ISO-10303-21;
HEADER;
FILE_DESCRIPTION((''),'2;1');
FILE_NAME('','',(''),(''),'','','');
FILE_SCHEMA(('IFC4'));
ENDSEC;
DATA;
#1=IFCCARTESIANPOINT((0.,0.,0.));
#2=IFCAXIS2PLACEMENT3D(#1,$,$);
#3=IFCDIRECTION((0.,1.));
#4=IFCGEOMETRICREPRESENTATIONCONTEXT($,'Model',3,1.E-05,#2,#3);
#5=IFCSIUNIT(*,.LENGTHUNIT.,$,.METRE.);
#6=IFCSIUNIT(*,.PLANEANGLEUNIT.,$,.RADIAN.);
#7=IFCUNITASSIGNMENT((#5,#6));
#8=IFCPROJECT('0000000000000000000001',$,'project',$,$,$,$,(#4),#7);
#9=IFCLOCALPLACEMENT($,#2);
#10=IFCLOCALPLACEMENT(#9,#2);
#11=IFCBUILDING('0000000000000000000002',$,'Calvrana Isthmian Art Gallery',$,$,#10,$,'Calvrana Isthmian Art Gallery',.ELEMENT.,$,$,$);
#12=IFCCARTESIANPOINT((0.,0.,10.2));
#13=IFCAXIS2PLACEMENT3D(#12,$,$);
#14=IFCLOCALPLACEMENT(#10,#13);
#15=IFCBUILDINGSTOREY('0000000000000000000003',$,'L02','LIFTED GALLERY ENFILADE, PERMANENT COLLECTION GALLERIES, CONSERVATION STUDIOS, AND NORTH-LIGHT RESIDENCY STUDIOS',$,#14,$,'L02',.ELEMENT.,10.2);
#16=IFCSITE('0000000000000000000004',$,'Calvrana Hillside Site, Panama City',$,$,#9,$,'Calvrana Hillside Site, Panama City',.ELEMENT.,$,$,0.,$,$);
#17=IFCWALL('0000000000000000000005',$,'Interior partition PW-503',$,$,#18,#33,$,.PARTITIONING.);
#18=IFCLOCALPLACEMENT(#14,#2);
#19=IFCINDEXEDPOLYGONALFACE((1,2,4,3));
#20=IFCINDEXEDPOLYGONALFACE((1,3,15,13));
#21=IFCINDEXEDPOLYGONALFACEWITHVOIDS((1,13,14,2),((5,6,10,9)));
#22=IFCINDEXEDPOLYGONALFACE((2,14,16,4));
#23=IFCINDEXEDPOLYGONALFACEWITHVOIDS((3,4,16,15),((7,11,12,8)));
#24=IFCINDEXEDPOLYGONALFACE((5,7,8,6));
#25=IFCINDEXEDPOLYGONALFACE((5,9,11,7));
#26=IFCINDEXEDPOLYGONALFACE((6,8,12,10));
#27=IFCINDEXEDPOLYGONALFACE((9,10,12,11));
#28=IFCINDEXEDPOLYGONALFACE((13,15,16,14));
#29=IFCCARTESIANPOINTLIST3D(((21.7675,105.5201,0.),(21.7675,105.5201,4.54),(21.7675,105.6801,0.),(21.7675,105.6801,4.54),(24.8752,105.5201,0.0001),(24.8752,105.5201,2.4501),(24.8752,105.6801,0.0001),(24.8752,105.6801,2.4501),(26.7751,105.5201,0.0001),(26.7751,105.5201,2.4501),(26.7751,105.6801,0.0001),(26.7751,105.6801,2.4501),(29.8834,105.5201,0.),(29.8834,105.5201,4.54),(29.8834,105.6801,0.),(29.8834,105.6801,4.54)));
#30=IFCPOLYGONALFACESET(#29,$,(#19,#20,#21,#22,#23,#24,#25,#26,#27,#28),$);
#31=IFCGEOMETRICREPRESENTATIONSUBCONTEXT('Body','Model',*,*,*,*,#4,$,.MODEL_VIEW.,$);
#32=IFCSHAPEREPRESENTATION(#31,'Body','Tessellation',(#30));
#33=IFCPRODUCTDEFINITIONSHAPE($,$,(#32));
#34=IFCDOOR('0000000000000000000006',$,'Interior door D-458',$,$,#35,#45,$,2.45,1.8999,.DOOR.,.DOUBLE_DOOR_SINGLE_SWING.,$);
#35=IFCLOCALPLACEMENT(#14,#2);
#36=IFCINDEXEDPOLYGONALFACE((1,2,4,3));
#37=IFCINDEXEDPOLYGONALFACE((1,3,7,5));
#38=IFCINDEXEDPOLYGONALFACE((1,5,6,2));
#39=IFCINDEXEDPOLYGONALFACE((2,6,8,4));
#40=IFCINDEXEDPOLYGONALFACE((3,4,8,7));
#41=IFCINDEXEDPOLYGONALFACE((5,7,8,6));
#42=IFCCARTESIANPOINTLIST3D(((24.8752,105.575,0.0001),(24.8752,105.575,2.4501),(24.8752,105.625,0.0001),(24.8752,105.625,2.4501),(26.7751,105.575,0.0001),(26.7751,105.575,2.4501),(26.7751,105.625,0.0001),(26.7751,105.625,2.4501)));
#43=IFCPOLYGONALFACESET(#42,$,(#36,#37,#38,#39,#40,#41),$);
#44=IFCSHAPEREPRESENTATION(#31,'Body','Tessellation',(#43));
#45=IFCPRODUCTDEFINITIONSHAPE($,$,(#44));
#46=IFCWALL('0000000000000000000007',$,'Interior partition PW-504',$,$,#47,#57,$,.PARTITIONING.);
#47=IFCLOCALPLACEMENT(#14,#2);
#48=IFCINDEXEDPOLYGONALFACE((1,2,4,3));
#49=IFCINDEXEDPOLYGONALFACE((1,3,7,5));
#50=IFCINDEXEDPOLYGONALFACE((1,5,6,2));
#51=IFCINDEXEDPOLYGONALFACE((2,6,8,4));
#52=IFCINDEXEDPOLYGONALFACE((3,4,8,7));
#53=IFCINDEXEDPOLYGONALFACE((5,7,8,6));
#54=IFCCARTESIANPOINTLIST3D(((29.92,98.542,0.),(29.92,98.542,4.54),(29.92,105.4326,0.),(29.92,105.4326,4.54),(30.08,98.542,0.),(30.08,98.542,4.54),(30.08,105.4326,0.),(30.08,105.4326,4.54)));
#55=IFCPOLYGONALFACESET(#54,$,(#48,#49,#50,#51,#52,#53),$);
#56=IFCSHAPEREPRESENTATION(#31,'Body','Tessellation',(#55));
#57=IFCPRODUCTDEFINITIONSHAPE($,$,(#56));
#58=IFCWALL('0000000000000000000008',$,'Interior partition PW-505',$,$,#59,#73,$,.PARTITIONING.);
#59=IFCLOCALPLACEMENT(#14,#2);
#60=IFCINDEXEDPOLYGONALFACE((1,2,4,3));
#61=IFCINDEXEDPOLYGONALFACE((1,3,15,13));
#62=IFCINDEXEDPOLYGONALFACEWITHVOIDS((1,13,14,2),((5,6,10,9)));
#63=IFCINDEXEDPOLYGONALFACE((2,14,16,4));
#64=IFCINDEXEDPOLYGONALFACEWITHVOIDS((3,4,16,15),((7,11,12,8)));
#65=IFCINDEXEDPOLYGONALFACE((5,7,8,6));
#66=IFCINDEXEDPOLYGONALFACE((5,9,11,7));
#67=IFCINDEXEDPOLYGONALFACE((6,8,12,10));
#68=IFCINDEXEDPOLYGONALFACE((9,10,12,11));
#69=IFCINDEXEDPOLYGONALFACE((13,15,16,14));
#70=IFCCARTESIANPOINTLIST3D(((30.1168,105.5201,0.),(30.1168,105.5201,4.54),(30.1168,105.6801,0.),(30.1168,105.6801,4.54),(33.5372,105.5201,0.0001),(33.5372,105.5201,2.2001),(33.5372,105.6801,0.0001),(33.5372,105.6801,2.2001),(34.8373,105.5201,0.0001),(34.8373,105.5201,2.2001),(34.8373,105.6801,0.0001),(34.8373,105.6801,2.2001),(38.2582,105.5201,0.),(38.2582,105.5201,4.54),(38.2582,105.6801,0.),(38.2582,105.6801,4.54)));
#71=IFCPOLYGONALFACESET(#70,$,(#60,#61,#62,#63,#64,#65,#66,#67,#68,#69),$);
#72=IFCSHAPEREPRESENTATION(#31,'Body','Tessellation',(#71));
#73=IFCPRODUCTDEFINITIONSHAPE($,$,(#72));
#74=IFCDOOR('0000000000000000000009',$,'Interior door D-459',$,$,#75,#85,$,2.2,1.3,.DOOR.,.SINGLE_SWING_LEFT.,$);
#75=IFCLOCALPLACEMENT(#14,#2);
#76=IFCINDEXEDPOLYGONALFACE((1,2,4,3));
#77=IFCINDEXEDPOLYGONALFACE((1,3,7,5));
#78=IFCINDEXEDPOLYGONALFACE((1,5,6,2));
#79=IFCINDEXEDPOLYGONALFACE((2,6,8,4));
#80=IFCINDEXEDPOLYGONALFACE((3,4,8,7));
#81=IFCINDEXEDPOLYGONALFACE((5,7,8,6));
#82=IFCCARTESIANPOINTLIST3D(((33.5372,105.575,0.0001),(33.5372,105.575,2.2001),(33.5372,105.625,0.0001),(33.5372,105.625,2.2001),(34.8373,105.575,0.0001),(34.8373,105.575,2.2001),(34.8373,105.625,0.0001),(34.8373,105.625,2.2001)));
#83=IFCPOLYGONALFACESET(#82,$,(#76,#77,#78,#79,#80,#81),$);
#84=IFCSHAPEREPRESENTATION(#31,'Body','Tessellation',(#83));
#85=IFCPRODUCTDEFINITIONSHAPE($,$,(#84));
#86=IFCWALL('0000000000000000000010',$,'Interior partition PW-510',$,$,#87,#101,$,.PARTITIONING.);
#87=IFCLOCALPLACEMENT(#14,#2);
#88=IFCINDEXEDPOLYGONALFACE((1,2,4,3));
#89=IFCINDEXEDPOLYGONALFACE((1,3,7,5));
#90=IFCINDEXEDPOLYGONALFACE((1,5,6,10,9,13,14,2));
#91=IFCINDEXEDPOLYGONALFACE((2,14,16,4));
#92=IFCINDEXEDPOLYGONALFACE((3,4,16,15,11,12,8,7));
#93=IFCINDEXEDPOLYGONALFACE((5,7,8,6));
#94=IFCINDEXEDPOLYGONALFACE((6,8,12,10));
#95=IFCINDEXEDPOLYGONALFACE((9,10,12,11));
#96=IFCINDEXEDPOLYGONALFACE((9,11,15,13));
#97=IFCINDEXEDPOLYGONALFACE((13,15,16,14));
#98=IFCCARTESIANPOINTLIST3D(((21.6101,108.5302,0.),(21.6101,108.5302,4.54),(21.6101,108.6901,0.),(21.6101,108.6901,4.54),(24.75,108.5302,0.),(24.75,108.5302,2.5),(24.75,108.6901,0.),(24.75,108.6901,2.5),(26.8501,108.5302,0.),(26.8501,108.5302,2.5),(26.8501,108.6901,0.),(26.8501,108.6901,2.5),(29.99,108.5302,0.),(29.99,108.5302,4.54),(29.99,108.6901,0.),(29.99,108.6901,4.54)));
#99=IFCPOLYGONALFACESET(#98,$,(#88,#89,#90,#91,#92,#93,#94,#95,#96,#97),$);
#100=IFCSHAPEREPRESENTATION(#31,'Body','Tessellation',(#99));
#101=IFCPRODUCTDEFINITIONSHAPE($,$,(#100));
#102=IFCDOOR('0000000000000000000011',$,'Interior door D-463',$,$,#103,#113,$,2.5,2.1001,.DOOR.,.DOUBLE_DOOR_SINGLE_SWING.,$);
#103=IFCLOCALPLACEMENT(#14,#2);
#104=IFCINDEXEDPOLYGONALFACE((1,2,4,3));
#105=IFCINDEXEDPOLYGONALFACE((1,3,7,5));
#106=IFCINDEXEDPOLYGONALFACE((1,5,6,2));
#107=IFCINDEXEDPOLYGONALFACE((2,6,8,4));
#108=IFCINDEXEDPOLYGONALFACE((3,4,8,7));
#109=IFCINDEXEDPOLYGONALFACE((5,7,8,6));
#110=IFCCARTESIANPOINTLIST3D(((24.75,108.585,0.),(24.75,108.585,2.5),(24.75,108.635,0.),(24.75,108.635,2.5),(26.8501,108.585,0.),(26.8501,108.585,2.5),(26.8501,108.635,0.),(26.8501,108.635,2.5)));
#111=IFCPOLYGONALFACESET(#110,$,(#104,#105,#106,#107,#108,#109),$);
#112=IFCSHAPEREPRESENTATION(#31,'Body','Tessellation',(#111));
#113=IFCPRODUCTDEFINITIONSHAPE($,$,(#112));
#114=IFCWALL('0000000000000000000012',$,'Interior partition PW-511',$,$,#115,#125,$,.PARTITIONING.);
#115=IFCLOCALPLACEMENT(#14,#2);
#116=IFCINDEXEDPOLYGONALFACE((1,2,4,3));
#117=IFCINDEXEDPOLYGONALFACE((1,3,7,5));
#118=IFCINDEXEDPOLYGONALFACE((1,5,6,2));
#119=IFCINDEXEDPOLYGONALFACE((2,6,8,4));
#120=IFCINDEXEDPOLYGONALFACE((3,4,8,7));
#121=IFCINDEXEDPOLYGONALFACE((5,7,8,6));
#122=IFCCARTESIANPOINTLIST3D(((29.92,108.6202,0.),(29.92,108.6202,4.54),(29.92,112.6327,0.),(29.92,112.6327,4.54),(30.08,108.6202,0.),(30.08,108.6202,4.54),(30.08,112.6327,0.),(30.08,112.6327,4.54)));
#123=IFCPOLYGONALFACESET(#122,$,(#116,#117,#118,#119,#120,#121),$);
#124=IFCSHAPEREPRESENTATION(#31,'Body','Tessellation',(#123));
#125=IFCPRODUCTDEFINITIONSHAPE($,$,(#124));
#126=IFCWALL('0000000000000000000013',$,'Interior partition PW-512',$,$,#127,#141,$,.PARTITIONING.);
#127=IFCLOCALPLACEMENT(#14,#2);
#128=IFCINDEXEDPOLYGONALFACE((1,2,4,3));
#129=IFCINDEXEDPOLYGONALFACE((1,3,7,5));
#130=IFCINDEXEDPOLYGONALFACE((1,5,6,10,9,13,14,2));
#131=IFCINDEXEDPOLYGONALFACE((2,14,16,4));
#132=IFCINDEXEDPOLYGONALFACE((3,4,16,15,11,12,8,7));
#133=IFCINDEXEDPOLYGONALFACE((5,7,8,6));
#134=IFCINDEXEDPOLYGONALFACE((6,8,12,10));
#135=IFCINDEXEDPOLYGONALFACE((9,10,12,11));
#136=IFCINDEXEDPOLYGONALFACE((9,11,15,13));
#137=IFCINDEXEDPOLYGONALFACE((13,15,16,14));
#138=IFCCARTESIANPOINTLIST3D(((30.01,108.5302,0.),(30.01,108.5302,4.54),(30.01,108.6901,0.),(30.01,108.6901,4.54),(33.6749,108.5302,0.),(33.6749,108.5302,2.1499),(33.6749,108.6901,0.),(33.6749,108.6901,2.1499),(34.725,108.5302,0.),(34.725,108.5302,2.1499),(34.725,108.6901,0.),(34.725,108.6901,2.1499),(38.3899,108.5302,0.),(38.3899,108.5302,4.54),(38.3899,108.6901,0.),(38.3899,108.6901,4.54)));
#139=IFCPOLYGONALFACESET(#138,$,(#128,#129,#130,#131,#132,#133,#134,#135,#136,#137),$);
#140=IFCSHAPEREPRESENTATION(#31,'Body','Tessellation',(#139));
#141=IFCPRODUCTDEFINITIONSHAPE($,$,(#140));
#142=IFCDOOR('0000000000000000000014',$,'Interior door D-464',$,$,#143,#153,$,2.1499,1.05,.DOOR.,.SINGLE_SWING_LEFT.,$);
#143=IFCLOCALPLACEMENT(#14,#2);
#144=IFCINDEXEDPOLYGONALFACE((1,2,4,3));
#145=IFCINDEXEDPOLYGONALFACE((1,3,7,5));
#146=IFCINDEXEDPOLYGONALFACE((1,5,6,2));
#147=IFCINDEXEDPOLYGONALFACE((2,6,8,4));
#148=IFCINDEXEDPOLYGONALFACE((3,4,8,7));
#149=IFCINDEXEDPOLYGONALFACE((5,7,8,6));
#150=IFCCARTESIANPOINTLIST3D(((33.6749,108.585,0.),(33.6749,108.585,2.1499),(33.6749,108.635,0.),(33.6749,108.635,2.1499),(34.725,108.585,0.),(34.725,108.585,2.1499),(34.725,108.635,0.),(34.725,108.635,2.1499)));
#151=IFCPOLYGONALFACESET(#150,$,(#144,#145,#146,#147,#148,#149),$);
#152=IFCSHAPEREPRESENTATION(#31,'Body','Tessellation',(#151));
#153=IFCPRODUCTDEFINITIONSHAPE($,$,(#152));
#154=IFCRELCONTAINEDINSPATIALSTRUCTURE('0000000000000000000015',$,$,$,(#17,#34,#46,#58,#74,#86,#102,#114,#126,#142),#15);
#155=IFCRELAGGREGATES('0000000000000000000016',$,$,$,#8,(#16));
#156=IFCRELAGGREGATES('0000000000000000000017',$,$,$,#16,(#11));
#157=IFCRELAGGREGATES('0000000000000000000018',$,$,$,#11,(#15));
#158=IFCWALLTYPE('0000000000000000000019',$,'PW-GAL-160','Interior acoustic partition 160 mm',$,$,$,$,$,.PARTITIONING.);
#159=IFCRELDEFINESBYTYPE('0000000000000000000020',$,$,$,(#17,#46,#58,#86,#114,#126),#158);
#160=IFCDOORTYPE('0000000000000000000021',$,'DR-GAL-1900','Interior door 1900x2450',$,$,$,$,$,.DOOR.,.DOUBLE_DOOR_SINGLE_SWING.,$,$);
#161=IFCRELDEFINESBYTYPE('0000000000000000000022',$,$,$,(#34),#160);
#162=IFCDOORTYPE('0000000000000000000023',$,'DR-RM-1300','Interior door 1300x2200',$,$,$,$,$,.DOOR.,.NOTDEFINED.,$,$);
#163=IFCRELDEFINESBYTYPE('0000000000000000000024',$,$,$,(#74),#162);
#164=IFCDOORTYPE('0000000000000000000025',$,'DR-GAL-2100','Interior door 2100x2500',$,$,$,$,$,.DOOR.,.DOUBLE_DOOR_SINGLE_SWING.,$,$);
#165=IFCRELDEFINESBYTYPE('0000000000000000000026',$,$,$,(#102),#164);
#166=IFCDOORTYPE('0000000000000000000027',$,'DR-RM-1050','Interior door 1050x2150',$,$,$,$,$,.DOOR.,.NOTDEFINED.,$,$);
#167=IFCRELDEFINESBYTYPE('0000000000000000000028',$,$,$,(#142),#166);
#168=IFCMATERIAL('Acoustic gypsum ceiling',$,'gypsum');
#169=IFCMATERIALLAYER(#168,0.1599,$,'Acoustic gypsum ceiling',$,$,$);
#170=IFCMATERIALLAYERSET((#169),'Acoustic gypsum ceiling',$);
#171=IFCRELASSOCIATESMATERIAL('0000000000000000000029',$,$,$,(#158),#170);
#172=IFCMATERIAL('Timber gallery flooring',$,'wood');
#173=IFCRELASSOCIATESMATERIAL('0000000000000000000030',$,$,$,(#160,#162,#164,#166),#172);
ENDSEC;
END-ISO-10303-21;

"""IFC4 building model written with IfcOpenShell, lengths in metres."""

from ifc_helpers import new_model, si_unit, direction, frame, frame_2d, origin, place, context, subcontext, project, spatial, rectangle, extrude, material, layer, layer_set, type_object, element, fill, save


model = new_model("IFC4")

# Units and contexts
model_context = context("Model", 3, precision=1e-05, world=origin(), true_north=direction((0.0, 1.0)))
body_context = subcontext(model_context, "Body", "Model", "MODEL_VIEW")
ifc_project = project(units=[si_unit("LENGTHUNIT", "METRE"), si_unit("PLANEANGLEUNIT", "RADIAN")], contexts=[model_context])

# Site, building, storey
site_placement = place(None, origin())
site = spatial("IfcSite", under=ifc_project, at=site_placement, Name="Calvrana Hillside Site, Panama City", LongName="Calvrana Hillside Site, Panama City", CompositionType="ELEMENT", RefElevation=0.0)
building_placement = place(site_placement, origin())
building = spatial("IfcBuilding", under=site, at=building_placement, Name="Calvrana Isthmian Art Gallery", LongName="Calvrana Isthmian Art Gallery", CompositionType="ELEMENT")
storey_placement = place(building_placement, frame((0.0, 0.0, 10.2)))
storey = spatial("IfcBuildingStorey", under=building, at=storey_placement, Name="L02", Description="LIFTED GALLERY ENFILADE, PERMANENT COLLECTION GALLERIES, CONSERVATION STUDIOS, AND NORTH-LIGHT RESIDENCY STUDIOS", LongName="L02", CompositionType="ELEMENT", Elevation=10.2)

# Wall, opening, door
ifc_material_1 = material(Name="Acoustic gypsum ceiling", Category="gypsum")
ifc_layer_1 = layer(ifc_material_1, 0.1599, Name="Acoustic gypsum ceiling")
ifc_layer_set_1 = layer_set([ifc_layer_1], Name="Acoustic gypsum ceiling")
wall_type = type_object("IfcWallType", Name="PW-GAL-160", Description="Interior acoustic partition 160 mm", PredefinedType="PARTITIONING", material=ifc_layer_set_1)
wall_1_placement = place(storey_placement, frame((21.7673, 105.6001, 0.0), z_axis=(0.0, 0.0, 1.0), x_axis=(1.0, 0.0, 0.0)))
wall_1 = element("IfcWall", 1, at=wall_1_placement, inside=storey, type_object=wall_type, Name="Interior partition PW-503", PredefinedType="PARTITIONING", context=body_context, shape_type="SweptSolid", body=[
    extrude(rectangle(XDim=8.116, YDim=0.1599, at=frame_2d((4.0581, 0.0))), origin(), (0.0, 0.0, 1.0), 4.54),
])
opening_1_placement = place(wall_1_placement, frame((3.1079, 0.0, 0.0)))
opening_1 = element("IfcOpeningElement", 2, at=opening_1_placement, cuts=wall_1, PredefinedType="OPENING", context=body_context, shape_type="SweptSolid", body=[
    extrude(rectangle(XDim=1.8999, YDim=2.45, at=frame_2d((0.95, 1.2251))), frame((0.0, 0.0903, 0.0), z_axis=(0.0, -1.0, 0.0), x_axis=(1.0, 0.0, 0.0)), (0.0, 0.0, 1.0), 0.1804),
])
ifc_material_2 = material(Name="Timber gallery flooring", Category="wood")
door_type_1 = type_object("IfcDoorType", Name="DR-GAL-1900", Description="Interior door 1900x2450", OperationType="DOUBLE_DOOR_SINGLE_SWING", PredefinedType="DOOR", material=ifc_material_2)
door_1_placement = place(opening_1_placement, origin())
door_1 = element("IfcDoor", 3, at=door_1_placement, inside=storey, type_object=door_type_1, Name="Interior door D-458", OperationType="DOUBLE_DOOR_SINGLE_SWING", OverallHeight=2.45, OverallWidth=1.8999, PredefinedType="DOOR", context=body_context, shape_type="SweptSolid", body=[
    extrude(rectangle(XDim=1.8999, YDim=2.45, at=frame_2d((0.95, 1.2251))), frame((0.0, 0.0249, 0.0), z_axis=(0.0, -1.0, 0.0), x_axis=(1.0, 0.0, 0.0)), (0.0, 0.0, 1.0), 0.05),
])
fill(opening_1, door_1)

# Wall
wall_2_placement = place(storey_placement, frame((30.0, 98.542, 0.0), z_axis=(0.0, 0.0, 1.0), x_axis=(0.0, 1.0, 0.0)))
element("IfcWall", 4, at=wall_2_placement, inside=storey, type_object=wall_type, Name="Interior partition PW-504", PredefinedType="PARTITIONING", context=body_context, shape_type="SweptSolid", body=[
    extrude(rectangle(XDim=6.8906, YDim=0.1599, at=frame_2d((3.4453, 0.0))), origin(), (0.0, 0.0, 1.0), 4.54),
])

# Walls, openings, doors
wall_3_placement = place(storey_placement, frame((30.1167, 105.6001, 0.0), z_axis=(0.0, 0.0, 1.0), x_axis=(1.0, 0.0, 0.0)))
wall_3 = element("IfcWall", 5, at=wall_3_placement, inside=storey, type_object=wall_type, Name="Interior partition PW-505", PredefinedType="PARTITIONING", context=body_context, shape_type="SweptSolid", body=[
    extrude(rectangle(XDim=8.1414, YDim=0.1599, at=frame_2d((4.0708, 0.0))), origin(), (0.0, 0.0, 1.0), 4.54),
])
opening_2_placement = place(wall_3_placement, frame((3.4207, 0.0, 0.0)))
opening_2 = element("IfcOpeningElement", 6, at=opening_2_placement, cuts=wall_3, PredefinedType="OPENING", context=body_context, shape_type="SweptSolid", body=[
    extrude(rectangle(XDim=1.3, YDim=2.2, at=frame_2d((0.6499, 1.1001))), frame((0.0, 0.0903, 0.0), z_axis=(0.0, -1.0, 0.0), x_axis=(1.0, 0.0, 0.0)), (0.0, 0.0, 1.0), 0.1804),
])
door_type_2 = type_object("IfcDoorType", Name="DR-RM-1300", Description="Interior door 1300x2200", OperationType="NOTDEFINED", PredefinedType="DOOR", material=ifc_material_2)
door_2_placement = place(opening_2_placement, origin())
door_2 = element("IfcDoor", 7, at=door_2_placement, inside=storey, type_object=door_type_2, Name="Interior door D-459", OperationType="SINGLE_SWING_LEFT", OverallHeight=2.2, OverallWidth=1.3, PredefinedType="DOOR", context=body_context, shape_type="SweptSolid", body=[
    extrude(rectangle(XDim=1.3, YDim=2.2, at=frame_2d((0.6499, 1.1001))), frame((0.0, 0.0249, 0.0), z_axis=(0.0, -1.0, 0.0), x_axis=(1.0, 0.0, 0.0)), (0.0, 0.0, 1.0), 0.05),
])
fill(opening_2, door_2)
wall_4_placement = place(storey_placement, frame((21.6101, 108.6101, 0.0), z_axis=(0.0, 0.0, 1.0), x_axis=(1.0, 0.0, 0.0)))
wall_4 = element("IfcWall", 8, at=wall_4_placement, inside=storey, type_object=wall_type, Name="Interior partition PW-510", PredefinedType="PARTITIONING", context=body_context, shape_type="SweptSolid", body=[
    extrude(rectangle(XDim=8.3799, YDim=0.1599, at=frame_2d((4.1899, 0.0))), origin(), (0.0, 0.0, 1.0), 4.54),
])
opening_3_placement = place(wall_4_placement, frame((3.1399, 0.0, 0.0)))
opening_3 = element("IfcOpeningElement", 9, at=opening_3_placement, cuts=wall_4, PredefinedType="OPENING", context=body_context, shape_type="SweptSolid", body=[
    extrude(rectangle(XDim=2.1001, YDim=2.5, at=frame_2d((1.05, 1.25))), frame((0.0, 0.0903, 0.0), z_axis=(0.0, -1.0, 0.0), x_axis=(1.0, 0.0, 0.0)), (0.0, 0.0, 1.0), 0.1804),
])
door_type_3 = type_object("IfcDoorType", Name="DR-GAL-2100", Description="Interior door 2100x2500", OperationType="DOUBLE_DOOR_SINGLE_SWING", PredefinedType="DOOR", material=ifc_material_2)
door_3_placement = place(opening_3_placement, origin())
door_3 = element("IfcDoor", 10, at=door_3_placement, inside=storey, type_object=door_type_3, Name="Interior door D-463", OperationType="DOUBLE_DOOR_SINGLE_SWING", OverallHeight=2.5, OverallWidth=2.1001, PredefinedType="DOOR", context=body_context, shape_type="SweptSolid", body=[
    extrude(rectangle(XDim=2.1001, YDim=2.5, at=frame_2d((1.05, 1.25))), frame((0.0, 0.0249, 0.0), z_axis=(0.0, -1.0, 0.0), x_axis=(1.0, 0.0, 0.0)), (0.0, 0.0, 1.0), 0.05),
])
fill(opening_3, door_3)

# Wall
wall_5_placement = place(storey_placement, frame((30.0, 108.6201, 0.0), z_axis=(0.0, 0.0, 1.0), x_axis=(0.0, 1.0, 0.0)))
element("IfcWall", 11, at=wall_5_placement, inside=storey, type_object=wall_type, Name="Interior partition PW-511", PredefinedType="PARTITIONING", context=body_context, shape_type="SweptSolid", body=[
    extrude(rectangle(XDim=4.0125, YDim=0.1599, at=frame_2d((2.0063, 0.0))), origin(), (0.0, 0.0, 1.0), 4.54),
])

# Wall, opening, door
wall_6_placement = place(storey_placement, frame((30.01, 108.6101, 0.0), z_axis=(0.0, 0.0, 1.0), x_axis=(1.0, 0.0, 0.0)))
wall_6 = element("IfcWall", 12, at=wall_6_placement, inside=storey, type_object=wall_type, Name="Interior partition PW-512", PredefinedType="PARTITIONING", context=body_context, shape_type="SweptSolid", body=[
    extrude(rectangle(XDim=8.3799, YDim=0.1599, at=frame_2d((4.1899, 0.0))), origin(), (0.0, 0.0, 1.0), 4.54),
])
opening_4_placement = place(wall_6_placement, frame((3.665, 0.0, 0.0)))
opening_4 = element("IfcOpeningElement", 13, at=opening_4_placement, cuts=wall_6, PredefinedType="OPENING", context=body_context, shape_type="SweptSolid", body=[
    extrude(rectangle(XDim=1.05, YDim=2.1499, at=frame_2d((0.5249, 1.075))), frame((0.0, 0.0903, 0.0), z_axis=(0.0, -1.0, 0.0), x_axis=(1.0, 0.0, 0.0)), (0.0, 0.0, 1.0), 0.1804),
])
door_type_4 = type_object("IfcDoorType", Name="DR-RM-1050", Description="Interior door 1050x2150", OperationType="NOTDEFINED", PredefinedType="DOOR", material=ifc_material_2)
door_4_placement = place(opening_4_placement, origin())
door_4 = element("IfcDoor", 14, at=door_4_placement, inside=storey, type_object=door_type_4, Name="Interior door D-464", OperationType="SINGLE_SWING_LEFT", OverallHeight=2.1499, OverallWidth=1.05, PredefinedType="DOOR", context=body_context, shape_type="SweptSolid", body=[
    extrude(rectangle(XDim=1.05, YDim=2.1499, at=frame_2d((0.5249, 1.075))), frame((0.0, 0.0249, 0.0), z_axis=(0.0, -1.0, 0.0), x_axis=(1.0, 0.0, 0.0)), (0.0, 0.0, 1.0), 0.05),
])
fill(opening_4, door_4)

save(model, "model.ifc")
